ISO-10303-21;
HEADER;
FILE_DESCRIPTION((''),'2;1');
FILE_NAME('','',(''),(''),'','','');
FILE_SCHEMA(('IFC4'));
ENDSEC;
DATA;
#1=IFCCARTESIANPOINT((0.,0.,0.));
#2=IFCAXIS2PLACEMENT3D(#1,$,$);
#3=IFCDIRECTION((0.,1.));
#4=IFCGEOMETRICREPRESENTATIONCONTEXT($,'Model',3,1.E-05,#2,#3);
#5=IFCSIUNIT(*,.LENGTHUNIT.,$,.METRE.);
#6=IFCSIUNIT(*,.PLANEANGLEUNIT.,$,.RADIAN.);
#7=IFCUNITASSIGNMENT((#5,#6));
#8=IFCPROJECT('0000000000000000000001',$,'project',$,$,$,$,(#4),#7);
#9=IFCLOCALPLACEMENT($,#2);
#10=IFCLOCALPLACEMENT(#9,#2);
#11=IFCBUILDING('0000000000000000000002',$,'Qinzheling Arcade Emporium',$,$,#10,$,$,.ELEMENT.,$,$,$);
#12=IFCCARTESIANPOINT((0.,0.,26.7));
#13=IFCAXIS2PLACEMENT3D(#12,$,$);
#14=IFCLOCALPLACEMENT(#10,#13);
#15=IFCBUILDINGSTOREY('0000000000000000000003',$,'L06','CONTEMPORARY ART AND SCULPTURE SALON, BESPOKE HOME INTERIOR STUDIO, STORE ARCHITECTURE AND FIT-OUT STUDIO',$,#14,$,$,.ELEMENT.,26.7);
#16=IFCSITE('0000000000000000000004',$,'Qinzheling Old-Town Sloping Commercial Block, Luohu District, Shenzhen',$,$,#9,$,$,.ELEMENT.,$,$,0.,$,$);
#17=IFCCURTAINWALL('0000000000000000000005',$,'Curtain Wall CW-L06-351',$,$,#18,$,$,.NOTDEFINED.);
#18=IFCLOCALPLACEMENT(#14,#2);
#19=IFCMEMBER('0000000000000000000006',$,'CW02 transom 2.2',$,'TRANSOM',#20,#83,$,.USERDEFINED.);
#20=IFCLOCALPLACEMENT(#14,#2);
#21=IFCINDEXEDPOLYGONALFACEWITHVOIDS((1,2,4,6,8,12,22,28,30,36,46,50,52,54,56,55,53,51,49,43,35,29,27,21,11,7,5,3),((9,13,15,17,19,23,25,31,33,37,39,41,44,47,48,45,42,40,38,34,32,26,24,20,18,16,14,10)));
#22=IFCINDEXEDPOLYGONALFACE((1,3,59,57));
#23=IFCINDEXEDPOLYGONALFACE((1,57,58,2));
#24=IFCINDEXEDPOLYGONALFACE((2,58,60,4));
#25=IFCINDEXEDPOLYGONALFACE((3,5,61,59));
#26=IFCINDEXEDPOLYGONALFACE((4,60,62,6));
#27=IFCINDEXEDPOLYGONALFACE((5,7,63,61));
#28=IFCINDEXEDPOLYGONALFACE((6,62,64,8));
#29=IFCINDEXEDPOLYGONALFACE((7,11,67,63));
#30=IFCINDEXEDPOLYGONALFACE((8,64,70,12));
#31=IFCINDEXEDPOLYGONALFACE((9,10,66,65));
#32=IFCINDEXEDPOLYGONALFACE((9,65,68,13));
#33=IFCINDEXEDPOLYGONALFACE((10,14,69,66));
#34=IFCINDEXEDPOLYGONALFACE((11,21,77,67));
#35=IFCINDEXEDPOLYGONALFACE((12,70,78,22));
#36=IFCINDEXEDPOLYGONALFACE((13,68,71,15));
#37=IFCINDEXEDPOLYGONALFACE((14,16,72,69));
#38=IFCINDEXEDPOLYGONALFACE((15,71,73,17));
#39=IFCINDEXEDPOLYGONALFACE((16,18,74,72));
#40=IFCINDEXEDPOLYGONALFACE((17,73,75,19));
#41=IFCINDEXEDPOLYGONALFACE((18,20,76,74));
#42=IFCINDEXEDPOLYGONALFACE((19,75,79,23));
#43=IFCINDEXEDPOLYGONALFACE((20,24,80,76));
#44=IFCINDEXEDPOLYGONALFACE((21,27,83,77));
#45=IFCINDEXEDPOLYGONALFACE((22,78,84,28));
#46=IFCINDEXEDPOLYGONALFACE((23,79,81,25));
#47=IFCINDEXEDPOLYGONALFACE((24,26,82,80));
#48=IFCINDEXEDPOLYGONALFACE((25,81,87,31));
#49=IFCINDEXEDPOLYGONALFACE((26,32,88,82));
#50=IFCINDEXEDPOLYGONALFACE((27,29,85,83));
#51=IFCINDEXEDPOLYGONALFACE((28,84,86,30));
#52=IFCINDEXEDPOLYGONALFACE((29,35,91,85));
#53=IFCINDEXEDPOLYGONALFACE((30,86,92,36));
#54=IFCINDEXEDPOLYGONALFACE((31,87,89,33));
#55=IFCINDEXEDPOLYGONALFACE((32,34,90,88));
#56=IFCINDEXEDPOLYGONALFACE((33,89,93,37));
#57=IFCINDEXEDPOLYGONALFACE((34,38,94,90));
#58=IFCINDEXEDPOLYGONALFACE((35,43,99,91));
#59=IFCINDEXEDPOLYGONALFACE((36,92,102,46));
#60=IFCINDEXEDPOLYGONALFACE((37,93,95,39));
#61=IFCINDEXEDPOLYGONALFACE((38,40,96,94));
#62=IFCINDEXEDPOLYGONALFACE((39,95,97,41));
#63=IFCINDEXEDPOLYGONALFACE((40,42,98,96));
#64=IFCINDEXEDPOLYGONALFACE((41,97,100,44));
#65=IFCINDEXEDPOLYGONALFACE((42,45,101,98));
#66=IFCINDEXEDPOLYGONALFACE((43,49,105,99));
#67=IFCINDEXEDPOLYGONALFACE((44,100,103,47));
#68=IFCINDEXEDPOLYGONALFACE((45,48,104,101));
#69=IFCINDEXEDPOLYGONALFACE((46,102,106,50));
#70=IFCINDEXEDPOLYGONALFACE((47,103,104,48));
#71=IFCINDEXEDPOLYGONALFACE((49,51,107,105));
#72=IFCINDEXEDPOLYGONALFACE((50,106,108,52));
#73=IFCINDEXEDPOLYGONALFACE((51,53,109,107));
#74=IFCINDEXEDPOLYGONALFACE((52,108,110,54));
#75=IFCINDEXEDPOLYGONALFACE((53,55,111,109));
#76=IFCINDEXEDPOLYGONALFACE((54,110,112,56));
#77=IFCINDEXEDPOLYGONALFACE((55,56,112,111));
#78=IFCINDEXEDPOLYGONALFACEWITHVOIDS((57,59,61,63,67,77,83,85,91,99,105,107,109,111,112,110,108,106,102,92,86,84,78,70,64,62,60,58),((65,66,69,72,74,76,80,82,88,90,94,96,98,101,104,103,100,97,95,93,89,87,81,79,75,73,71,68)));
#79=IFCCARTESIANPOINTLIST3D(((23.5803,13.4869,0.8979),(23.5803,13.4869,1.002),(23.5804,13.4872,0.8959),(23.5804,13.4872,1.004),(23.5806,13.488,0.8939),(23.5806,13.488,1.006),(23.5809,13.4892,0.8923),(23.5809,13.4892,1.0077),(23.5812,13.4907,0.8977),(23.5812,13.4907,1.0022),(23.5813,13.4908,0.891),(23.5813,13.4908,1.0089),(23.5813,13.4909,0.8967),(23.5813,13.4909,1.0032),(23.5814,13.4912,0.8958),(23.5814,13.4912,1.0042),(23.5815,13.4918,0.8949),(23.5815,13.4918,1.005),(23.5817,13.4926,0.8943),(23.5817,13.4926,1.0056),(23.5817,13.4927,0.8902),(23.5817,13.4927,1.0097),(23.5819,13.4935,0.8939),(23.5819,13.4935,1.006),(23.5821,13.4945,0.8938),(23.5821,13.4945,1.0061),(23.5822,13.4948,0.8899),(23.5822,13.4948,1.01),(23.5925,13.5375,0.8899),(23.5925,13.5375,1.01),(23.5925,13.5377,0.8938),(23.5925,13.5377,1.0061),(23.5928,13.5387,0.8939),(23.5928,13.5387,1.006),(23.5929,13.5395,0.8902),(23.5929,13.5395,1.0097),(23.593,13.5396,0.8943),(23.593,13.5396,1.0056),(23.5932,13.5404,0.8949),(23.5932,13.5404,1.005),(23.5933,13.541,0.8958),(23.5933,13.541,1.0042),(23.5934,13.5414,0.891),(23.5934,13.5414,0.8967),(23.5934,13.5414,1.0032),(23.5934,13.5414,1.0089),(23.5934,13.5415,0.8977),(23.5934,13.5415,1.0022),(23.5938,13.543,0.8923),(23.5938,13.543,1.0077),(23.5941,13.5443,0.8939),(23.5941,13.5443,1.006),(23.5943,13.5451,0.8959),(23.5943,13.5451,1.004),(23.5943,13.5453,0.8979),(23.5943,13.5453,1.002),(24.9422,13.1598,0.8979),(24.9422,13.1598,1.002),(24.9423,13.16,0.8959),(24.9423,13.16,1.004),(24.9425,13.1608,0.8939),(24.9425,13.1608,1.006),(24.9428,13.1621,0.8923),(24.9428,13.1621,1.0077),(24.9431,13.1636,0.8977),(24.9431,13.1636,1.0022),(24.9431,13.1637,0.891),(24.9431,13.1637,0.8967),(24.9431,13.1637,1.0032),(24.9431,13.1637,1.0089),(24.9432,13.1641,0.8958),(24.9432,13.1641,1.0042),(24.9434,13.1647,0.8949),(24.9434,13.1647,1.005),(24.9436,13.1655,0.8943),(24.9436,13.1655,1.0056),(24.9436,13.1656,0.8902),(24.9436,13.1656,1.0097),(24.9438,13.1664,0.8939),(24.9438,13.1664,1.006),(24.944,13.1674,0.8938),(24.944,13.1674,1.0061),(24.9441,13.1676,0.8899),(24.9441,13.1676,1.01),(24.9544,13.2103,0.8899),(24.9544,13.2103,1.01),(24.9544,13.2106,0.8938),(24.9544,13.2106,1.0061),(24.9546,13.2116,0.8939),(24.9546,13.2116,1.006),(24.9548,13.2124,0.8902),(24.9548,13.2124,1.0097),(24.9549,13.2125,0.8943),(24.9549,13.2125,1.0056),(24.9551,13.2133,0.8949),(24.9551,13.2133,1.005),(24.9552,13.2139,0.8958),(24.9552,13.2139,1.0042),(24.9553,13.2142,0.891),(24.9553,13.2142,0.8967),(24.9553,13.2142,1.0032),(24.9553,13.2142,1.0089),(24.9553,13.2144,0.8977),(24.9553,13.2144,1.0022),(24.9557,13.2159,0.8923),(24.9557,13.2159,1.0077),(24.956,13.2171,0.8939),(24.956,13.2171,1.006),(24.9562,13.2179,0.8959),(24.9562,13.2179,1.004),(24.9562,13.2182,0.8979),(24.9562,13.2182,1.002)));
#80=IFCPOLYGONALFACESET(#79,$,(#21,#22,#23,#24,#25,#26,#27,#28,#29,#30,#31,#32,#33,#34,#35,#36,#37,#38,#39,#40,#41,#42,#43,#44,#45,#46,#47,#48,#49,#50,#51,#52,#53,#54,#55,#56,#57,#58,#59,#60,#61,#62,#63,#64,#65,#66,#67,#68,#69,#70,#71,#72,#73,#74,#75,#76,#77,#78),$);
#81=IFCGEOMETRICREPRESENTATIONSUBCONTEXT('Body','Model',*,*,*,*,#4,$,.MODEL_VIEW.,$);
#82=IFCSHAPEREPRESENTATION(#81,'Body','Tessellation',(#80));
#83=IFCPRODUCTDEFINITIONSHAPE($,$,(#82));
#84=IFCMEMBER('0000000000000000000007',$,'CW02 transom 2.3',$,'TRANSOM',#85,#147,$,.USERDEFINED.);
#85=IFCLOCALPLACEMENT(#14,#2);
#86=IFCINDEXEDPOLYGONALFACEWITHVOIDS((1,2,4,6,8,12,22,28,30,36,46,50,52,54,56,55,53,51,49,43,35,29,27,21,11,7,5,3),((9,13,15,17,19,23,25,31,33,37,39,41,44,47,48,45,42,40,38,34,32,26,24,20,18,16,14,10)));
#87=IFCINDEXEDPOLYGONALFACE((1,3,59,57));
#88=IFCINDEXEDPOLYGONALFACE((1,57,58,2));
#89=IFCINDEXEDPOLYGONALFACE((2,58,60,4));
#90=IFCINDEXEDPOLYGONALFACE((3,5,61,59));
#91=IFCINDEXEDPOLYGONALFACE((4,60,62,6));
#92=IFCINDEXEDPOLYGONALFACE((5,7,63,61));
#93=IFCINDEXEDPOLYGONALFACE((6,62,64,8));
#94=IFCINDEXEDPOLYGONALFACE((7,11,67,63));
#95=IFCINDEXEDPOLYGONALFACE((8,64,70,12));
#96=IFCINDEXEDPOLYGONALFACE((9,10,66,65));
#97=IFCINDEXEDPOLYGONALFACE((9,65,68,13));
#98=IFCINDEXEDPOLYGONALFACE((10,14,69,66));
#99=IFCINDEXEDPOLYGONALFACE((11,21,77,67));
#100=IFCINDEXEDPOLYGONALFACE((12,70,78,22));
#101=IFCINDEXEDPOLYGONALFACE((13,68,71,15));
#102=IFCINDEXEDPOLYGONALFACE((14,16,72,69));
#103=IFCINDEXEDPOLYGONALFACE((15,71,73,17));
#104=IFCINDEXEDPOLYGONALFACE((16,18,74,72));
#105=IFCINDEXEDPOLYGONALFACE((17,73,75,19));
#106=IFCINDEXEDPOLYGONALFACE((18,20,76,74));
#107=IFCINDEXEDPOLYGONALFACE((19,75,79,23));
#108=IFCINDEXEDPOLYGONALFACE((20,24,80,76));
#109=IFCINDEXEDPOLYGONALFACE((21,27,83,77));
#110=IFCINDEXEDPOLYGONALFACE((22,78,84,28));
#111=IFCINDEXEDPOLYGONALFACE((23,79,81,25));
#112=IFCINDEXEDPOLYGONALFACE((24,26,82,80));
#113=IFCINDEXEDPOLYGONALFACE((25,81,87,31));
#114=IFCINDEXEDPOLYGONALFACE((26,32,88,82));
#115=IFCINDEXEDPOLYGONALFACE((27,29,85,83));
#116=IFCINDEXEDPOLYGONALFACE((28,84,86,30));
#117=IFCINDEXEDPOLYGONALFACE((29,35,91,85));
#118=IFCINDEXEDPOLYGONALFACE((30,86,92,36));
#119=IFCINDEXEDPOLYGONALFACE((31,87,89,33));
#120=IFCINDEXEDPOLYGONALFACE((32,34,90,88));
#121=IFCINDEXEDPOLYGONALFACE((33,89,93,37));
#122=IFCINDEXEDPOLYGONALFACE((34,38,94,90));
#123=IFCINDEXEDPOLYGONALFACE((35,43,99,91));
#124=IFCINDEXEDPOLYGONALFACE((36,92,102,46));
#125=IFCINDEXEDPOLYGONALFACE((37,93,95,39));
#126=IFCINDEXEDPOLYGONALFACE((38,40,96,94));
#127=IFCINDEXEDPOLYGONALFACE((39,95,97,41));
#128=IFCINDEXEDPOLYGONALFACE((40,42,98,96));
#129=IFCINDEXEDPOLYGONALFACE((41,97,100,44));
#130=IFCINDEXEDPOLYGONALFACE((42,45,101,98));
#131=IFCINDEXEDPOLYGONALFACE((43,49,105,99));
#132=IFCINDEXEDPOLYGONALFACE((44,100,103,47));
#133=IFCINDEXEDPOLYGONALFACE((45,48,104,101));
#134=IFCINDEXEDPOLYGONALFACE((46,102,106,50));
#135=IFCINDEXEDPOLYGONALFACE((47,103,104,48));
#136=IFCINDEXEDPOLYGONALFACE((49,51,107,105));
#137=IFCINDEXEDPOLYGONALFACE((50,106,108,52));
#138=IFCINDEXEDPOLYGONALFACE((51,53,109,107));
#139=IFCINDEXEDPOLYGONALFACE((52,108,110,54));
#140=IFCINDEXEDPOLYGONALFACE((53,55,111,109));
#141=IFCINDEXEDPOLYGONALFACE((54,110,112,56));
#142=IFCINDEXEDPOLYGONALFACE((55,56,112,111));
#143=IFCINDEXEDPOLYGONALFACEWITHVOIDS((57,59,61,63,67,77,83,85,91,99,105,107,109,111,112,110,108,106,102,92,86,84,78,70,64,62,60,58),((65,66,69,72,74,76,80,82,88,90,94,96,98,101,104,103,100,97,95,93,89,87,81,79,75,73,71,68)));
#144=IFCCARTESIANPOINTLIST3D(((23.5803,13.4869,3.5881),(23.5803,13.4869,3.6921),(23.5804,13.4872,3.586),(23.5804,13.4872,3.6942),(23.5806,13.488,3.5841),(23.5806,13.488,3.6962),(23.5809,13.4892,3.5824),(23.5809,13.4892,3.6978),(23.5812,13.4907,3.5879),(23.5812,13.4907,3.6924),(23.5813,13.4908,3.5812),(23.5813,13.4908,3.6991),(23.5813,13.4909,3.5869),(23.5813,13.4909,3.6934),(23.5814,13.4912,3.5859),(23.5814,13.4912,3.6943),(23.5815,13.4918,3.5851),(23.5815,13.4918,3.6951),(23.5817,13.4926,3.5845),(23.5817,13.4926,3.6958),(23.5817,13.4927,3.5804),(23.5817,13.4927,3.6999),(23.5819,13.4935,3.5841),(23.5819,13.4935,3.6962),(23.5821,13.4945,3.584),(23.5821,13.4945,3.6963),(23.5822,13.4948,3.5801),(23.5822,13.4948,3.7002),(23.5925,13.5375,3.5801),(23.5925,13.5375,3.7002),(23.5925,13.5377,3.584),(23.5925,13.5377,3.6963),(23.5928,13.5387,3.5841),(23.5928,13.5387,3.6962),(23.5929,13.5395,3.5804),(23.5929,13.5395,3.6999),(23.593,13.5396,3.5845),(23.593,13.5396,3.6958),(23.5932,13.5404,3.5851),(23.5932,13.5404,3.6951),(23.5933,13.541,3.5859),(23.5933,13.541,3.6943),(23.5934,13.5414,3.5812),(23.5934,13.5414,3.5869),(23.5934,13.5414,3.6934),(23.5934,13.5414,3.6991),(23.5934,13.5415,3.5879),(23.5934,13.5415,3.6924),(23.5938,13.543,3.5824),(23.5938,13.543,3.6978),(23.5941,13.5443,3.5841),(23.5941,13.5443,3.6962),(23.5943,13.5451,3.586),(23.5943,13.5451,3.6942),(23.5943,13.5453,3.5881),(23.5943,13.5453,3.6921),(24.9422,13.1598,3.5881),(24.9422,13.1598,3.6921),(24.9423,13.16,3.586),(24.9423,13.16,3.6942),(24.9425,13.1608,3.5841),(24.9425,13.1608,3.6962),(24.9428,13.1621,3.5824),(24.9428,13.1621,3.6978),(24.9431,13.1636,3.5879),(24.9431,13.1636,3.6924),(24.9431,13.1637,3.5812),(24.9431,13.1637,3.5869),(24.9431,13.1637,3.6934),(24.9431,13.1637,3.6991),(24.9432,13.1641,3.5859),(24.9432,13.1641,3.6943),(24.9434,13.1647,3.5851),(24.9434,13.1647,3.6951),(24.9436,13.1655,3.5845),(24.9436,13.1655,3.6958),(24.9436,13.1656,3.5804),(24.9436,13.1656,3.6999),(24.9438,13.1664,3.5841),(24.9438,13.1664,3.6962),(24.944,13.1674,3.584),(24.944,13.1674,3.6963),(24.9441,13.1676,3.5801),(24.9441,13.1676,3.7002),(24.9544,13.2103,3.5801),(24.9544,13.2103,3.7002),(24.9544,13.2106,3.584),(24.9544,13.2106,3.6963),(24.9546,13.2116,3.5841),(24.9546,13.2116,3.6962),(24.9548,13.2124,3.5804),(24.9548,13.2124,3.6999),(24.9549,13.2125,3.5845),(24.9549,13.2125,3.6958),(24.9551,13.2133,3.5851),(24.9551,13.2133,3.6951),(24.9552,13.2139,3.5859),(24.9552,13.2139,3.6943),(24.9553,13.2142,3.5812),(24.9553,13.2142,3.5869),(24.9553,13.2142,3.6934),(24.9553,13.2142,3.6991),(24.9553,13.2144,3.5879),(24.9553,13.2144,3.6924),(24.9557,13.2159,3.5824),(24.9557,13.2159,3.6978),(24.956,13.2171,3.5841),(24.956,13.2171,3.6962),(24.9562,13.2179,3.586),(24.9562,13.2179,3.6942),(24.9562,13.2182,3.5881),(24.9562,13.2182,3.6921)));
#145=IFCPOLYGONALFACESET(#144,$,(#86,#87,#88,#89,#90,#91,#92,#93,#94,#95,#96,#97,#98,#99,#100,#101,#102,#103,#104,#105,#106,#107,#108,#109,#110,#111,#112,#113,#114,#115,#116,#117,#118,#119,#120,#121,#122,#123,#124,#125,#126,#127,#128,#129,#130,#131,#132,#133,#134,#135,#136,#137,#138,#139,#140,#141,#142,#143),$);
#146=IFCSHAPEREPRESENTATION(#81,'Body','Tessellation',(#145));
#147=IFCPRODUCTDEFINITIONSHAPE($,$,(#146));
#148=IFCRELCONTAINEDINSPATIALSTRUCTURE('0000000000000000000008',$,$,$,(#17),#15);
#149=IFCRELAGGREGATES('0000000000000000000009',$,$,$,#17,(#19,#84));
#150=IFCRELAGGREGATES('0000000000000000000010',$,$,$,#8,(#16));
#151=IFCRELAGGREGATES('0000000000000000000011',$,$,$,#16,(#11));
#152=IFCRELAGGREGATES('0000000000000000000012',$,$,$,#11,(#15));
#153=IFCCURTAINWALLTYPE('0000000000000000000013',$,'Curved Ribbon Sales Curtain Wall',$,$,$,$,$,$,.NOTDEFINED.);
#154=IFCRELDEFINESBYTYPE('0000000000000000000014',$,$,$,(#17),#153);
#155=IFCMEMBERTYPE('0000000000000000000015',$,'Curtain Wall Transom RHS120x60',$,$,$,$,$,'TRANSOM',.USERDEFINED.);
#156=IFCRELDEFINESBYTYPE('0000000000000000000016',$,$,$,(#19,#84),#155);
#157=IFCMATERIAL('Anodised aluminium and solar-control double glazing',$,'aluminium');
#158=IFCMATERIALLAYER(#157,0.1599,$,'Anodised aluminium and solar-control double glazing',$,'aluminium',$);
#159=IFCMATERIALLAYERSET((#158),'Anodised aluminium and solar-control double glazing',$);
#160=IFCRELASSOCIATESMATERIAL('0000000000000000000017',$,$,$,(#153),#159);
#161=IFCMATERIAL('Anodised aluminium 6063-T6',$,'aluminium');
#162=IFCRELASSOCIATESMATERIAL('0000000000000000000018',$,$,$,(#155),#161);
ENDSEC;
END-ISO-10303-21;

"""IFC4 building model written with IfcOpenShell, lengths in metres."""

from ifc_helpers import new_model, si_unit, direction, frame, origin, origin_2d, place, context, subcontext, project, spatial, hollow_rectangle, extrude, material, layer, layer_set, material_profile, profile_set, type_object, element, aggregate, save


model = new_model("IFC4")

# Units and contexts
model_context = context("Model", 3, precision=1e-05, world=origin(), true_north=direction((0.0, 1.0)))
body_context = subcontext(model_context, "Body", "Model", "MODEL_VIEW")
ifc_project = project(units=[si_unit("LENGTHUNIT", "METRE"), si_unit("PLANEANGLEUNIT", "RADIAN")], contexts=[model_context])

# Site, building, storey
site_placement = place(None, origin())
site = spatial("IfcSite", under=ifc_project, at=site_placement, Name="Qinzheling Old-Town Sloping Commercial Block, Luohu District, Shenzhen", CompositionType="ELEMENT", RefElevation=0.0)
building_placement = place(site_placement, origin())
building = spatial("IfcBuilding", under=site, at=building_placement, Name="Qinzheling Arcade Emporium", CompositionType="ELEMENT")
storey_placement = place(building_placement, frame((0.0, 0.0, 26.7)))
storey = spatial("IfcBuildingStorey", under=building, at=storey_placement, Name="L06", Description="CONTEMPORARY ART AND SCULPTURE SALON, BESPOKE HOME INTERIOR STUDIO, STORE ARCHITECTURE AND FIT-OUT STUDIO", CompositionType="ELEMENT", Elevation=26.7)

# Curtain wall
ifc_material_1 = material(Name="Anodised aluminium and solar-control double glazing", Category="aluminium")
ifc_layer_1 = layer(ifc_material_1, 0.1599, Name="Anodised aluminium and solar-control double glazing", Category="aluminium")
ifc_layer_set_1 = layer_set([ifc_layer_1], Name="Anodised aluminium and solar-control double glazing")
curtain_wall_type = type_object("IfcCurtainWallType", Name="Curved Ribbon Sales Curtain Wall", PredefinedType="NOTDEFINED", material=ifc_layer_set_1)
curtain_wall_1_placement = place(storey_placement, origin())
curtain_wall_1 = element("IfcCurtainWall", 1, at=curtain_wall_1_placement, inside=storey, type_object=curtain_wall_type, Name="Curtain Wall CW-L06-351", PredefinedType="NOTDEFINED")
ifc_material_2 = material(Name="Anodised aluminium 6063-T6", Category="aluminium")

# Members
ifc_material_profile_1 = material_profile(ifc_material_2, hollow_rectangle(XDim=0.0601, YDim=0.1201, WallThickness=0.0039, InnerFilletRadius=0.0039, OuterFilletRadius=0.0081, at=origin_2d()), Name="RHS 120x60x4", Category="aluminium")
ifc_profile_set_1 = profile_set([ifc_material_profile_1], Name="Anodised aluminium 6063-T6")
member_type_1 = type_object("IfcMemberType", Name="Curtain Wall Transom RHS120x60", ElementType="TRANSOM", PredefinedType="USERDEFINED", material=ifc_profile_set_1)
member_1_placement = place(storey_placement, frame((24.9492, 13.189, 0.95), z_axis=(-0.972337, 0.233584, 0.0), x_axis=(-0.233584, -0.972337, 0.0)))
member_1 = element("IfcMember", 2, at=member_1_placement, type_object=member_type_1, Name="CW02 transom 2.2", ObjectType="TRANSOM", PredefinedType="USERDEFINED", context=body_context, shape_type="SweptSolid", body=[
    extrude(hollow_rectangle(XDim=0.0601, YDim=0.1201, WallThickness=0.0039, InnerFilletRadius=0.0039, OuterFilletRadius=0.0081, at=origin_2d()), origin(), (0.0, 0.0, 1.0), 1.4006),
])
member_2_placement = place(storey_placement, frame((24.9492, 13.189, 3.6401), z_axis=(-0.972337, 0.233584, 0.0), x_axis=(-0.233584, -0.972337, 0.0)))
member_2 = element("IfcMember", 3, at=member_2_placement, type_object=member_type_1, Name="CW02 transom 2.3", ObjectType="TRANSOM", PredefinedType="USERDEFINED", context=body_context, shape_type="SweptSolid", body=[
    extrude(hollow_rectangle(XDim=0.0601, YDim=0.1201, WallThickness=0.0039, InnerFilletRadius=0.0039, OuterFilletRadius=0.0081, at=origin_2d()), origin(), (0.0, 0.0, 1.0), 1.4006),
])

aggregate(curtain_wall_1, [member_1, member_2])

save(model, "model.ifc")
